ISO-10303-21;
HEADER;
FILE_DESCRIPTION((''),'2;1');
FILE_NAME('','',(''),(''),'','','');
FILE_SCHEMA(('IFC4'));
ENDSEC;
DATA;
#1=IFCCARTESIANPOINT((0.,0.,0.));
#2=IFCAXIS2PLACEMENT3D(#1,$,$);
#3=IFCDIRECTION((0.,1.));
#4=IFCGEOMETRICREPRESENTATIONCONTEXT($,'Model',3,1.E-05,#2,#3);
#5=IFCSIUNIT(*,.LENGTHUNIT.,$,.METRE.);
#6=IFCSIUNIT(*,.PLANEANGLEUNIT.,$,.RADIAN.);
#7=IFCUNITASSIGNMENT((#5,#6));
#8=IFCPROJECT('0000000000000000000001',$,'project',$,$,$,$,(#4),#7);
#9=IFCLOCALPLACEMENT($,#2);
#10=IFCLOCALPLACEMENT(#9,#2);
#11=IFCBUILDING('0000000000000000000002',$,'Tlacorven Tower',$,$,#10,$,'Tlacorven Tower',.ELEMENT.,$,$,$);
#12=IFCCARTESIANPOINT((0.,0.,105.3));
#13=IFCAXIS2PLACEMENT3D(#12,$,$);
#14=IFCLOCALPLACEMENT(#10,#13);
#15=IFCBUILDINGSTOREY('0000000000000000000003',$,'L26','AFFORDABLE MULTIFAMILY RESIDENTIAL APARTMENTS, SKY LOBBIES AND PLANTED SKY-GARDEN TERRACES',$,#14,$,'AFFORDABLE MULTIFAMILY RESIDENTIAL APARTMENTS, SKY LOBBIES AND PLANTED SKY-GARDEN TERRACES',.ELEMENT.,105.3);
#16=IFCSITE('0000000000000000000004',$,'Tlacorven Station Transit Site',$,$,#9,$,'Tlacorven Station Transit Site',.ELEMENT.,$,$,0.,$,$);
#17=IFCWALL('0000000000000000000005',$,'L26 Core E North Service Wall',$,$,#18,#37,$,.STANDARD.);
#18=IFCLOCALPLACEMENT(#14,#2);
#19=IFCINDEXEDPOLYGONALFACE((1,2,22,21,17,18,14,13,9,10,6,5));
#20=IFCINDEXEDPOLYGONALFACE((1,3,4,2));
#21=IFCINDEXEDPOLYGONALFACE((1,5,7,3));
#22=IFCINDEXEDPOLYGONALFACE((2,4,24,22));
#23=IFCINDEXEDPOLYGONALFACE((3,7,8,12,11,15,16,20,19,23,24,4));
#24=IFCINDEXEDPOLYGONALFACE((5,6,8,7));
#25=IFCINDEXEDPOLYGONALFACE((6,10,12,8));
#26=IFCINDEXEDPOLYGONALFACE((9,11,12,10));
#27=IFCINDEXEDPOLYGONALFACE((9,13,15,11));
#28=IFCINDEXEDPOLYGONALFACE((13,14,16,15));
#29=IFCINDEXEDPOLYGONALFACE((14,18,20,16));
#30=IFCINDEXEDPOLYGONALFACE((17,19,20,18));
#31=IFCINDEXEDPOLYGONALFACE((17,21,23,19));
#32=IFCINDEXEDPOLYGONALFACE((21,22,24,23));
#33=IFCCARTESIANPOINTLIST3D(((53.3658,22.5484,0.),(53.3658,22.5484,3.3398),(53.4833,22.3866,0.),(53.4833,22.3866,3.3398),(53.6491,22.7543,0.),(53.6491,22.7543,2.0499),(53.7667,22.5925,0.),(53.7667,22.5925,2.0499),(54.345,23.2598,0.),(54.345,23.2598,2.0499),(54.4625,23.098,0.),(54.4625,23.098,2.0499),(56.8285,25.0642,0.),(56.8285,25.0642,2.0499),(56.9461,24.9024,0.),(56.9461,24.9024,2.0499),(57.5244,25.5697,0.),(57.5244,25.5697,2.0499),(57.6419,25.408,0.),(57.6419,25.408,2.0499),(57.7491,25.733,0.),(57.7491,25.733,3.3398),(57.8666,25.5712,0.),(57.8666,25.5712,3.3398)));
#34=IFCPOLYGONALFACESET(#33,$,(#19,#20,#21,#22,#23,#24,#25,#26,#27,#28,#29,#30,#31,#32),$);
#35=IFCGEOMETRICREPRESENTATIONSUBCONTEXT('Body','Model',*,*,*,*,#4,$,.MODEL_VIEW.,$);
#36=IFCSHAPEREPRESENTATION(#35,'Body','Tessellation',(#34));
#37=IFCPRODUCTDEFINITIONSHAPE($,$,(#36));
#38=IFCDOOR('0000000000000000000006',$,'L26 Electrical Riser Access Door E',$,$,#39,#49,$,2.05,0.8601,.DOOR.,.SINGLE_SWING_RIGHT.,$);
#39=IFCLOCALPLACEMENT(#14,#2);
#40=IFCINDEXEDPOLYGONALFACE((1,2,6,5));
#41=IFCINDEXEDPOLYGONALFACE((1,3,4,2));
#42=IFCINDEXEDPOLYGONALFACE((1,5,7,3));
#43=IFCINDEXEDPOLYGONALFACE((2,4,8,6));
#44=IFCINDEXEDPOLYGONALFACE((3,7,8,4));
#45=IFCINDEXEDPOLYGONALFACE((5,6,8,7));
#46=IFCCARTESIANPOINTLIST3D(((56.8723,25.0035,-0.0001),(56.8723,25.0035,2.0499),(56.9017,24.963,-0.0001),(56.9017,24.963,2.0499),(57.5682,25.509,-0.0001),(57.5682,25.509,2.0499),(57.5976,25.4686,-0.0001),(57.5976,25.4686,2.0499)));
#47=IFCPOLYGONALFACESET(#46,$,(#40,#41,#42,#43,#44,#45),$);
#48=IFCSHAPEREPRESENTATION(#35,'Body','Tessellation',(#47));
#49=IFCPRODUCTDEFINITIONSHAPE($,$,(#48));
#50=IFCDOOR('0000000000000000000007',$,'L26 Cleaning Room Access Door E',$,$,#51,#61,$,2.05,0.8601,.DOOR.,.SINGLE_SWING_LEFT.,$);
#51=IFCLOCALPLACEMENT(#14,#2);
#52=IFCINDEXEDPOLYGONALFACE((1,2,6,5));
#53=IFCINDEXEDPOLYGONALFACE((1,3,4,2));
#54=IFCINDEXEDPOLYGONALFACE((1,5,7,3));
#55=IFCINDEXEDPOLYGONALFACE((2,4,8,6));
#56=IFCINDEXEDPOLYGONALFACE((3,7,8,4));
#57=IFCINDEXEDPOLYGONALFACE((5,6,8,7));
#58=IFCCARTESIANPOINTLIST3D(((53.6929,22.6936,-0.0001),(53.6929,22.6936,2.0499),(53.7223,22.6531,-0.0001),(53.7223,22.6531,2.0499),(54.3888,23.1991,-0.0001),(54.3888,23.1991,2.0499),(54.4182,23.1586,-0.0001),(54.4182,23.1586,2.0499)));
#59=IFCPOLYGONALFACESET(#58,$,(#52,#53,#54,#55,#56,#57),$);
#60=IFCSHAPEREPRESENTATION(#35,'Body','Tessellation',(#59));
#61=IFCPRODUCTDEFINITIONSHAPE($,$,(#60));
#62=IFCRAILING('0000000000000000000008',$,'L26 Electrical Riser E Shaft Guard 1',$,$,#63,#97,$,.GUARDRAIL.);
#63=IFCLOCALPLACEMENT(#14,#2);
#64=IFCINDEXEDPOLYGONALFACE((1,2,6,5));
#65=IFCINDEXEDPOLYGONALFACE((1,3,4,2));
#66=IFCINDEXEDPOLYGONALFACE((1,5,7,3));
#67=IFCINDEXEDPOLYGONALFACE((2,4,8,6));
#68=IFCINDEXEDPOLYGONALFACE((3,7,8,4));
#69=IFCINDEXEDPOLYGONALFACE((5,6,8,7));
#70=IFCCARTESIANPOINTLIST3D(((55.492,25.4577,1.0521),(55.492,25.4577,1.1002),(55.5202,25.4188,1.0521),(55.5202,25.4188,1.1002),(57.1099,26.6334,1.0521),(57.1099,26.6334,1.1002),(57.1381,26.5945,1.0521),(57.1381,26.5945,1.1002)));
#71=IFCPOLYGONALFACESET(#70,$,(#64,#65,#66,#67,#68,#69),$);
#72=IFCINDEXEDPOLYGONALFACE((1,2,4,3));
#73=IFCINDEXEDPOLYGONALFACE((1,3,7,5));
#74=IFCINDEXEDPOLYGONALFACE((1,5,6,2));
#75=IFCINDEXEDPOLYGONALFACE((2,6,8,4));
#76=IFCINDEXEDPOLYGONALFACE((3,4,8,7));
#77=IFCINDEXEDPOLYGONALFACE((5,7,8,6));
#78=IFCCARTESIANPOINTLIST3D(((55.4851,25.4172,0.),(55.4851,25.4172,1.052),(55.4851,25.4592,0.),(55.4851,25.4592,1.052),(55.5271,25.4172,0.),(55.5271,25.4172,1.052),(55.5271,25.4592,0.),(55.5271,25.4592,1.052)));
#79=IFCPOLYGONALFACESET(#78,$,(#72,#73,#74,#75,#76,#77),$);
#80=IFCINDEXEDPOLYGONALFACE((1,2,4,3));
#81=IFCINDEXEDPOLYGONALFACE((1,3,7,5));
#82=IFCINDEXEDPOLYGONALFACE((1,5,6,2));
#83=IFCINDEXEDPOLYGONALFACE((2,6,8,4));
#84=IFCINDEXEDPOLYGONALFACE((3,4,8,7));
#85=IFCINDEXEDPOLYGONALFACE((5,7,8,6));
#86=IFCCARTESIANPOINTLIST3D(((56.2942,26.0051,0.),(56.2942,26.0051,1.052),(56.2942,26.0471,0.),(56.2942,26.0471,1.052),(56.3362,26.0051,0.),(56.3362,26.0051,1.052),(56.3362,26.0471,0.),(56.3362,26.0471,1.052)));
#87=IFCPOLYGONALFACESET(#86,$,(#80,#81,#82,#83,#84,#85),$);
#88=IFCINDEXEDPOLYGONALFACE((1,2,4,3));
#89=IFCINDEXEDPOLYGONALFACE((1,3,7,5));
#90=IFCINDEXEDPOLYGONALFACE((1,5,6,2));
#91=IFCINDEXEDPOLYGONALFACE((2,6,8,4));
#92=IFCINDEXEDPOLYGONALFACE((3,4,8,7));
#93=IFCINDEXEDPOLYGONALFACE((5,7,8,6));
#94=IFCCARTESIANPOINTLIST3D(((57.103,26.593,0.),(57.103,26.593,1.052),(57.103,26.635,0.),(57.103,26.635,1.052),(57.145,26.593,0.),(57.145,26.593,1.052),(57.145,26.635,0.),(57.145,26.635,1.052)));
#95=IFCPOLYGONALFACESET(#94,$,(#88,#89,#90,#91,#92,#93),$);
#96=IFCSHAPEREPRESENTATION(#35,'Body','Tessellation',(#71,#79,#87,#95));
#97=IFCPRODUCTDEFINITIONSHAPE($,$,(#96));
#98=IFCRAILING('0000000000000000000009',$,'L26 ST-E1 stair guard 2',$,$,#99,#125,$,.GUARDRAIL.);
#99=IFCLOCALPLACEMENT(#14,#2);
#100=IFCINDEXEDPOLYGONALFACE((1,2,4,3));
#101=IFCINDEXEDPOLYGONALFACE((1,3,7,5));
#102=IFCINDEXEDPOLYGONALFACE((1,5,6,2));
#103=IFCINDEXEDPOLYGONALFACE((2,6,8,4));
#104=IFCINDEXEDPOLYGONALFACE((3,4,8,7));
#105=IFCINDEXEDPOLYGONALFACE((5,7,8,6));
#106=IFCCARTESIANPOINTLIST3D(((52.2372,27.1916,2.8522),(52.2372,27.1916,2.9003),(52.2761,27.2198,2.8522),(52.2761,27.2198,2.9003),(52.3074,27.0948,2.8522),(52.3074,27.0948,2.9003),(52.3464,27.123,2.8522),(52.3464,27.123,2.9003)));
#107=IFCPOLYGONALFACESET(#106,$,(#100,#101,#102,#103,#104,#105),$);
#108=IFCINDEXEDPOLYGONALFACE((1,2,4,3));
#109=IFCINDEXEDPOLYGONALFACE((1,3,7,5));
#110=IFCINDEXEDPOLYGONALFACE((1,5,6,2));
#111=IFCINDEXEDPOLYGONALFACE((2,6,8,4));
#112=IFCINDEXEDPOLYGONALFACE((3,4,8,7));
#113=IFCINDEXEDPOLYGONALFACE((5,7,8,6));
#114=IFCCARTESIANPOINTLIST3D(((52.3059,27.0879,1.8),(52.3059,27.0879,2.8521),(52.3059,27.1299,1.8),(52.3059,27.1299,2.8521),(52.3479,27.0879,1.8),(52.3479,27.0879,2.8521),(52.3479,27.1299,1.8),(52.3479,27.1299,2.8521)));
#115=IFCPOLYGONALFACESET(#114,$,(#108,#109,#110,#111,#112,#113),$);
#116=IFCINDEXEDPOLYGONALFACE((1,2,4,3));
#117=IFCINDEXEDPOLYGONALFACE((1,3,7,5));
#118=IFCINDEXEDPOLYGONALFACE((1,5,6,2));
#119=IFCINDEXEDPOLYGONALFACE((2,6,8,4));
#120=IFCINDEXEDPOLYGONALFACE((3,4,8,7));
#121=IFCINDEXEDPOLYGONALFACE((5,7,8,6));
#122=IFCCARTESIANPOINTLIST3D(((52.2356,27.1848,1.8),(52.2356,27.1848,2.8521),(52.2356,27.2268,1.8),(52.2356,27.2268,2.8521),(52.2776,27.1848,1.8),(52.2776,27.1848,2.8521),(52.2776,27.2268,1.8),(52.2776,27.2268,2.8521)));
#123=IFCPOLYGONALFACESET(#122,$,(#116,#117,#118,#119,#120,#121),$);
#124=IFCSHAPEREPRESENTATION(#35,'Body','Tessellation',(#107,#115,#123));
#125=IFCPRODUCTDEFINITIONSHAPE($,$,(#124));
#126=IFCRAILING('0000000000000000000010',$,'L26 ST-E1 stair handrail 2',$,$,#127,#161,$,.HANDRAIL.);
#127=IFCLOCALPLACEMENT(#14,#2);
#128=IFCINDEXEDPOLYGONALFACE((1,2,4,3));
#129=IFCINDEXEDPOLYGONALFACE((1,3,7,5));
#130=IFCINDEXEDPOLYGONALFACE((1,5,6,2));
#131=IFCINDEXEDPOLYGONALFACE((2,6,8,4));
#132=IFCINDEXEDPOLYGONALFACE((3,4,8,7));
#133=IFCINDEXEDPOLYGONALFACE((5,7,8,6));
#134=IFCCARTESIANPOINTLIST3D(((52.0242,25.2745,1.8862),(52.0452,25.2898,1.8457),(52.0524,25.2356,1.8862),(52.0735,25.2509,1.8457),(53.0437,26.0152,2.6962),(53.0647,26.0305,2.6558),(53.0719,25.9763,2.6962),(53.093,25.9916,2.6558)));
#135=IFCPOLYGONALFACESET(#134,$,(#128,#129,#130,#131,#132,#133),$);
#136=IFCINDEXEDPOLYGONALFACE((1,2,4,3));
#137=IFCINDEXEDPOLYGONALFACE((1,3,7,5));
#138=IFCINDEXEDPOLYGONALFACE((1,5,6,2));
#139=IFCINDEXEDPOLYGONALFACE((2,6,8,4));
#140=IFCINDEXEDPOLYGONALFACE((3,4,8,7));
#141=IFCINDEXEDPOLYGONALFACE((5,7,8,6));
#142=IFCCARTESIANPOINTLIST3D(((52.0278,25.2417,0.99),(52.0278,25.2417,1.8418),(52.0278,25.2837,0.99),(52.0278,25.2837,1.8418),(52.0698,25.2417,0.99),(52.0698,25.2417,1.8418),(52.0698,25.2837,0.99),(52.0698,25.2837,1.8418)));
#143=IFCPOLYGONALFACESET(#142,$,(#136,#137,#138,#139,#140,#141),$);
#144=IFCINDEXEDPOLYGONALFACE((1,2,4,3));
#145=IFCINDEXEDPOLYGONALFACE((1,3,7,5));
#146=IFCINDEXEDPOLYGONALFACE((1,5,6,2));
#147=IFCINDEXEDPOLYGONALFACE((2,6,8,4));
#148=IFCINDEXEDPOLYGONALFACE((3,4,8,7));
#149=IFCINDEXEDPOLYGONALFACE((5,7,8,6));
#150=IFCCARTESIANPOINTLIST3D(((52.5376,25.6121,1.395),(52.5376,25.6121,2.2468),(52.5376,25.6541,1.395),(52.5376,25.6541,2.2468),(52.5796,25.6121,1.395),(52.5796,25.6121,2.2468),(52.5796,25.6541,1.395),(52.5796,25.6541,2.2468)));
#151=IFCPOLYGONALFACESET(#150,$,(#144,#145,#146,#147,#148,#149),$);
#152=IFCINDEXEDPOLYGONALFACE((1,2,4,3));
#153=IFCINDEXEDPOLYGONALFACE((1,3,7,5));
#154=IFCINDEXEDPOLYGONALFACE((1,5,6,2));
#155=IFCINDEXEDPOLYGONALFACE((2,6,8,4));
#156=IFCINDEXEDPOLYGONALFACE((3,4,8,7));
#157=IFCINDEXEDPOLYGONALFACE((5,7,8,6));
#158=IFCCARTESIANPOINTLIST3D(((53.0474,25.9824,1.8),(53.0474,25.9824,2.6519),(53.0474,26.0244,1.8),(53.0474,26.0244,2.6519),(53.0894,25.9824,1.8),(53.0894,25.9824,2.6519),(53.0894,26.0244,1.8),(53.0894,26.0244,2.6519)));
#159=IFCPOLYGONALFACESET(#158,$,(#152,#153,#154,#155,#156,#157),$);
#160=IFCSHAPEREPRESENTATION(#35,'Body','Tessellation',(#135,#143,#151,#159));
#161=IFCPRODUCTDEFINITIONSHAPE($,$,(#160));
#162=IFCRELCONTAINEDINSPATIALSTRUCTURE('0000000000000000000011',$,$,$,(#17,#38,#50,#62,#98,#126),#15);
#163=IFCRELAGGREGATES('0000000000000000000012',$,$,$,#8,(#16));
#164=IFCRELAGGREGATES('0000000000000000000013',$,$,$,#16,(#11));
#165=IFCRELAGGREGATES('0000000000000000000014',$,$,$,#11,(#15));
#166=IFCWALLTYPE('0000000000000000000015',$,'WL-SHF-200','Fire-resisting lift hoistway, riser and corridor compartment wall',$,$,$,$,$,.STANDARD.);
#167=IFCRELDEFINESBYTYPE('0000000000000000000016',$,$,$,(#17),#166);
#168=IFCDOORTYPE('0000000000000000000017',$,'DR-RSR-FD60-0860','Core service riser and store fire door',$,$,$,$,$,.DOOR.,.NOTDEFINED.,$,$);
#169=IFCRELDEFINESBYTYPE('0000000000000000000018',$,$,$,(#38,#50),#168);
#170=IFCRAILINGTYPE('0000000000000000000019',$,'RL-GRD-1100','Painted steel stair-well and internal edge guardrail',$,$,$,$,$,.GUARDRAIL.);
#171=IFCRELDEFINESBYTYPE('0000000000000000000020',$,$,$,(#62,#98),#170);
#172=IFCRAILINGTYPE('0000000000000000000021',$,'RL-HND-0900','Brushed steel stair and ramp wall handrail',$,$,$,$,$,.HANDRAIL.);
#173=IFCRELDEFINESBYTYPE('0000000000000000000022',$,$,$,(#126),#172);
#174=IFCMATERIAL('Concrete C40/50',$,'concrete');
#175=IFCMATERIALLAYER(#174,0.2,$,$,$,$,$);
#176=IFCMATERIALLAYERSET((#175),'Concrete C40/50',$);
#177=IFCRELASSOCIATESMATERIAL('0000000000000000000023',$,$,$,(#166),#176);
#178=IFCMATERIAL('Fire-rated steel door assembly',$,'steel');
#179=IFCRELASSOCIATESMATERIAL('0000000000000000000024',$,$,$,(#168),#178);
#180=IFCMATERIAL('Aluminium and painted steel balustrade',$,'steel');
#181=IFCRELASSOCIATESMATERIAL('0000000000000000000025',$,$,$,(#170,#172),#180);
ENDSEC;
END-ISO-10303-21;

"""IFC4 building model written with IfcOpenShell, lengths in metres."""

from ifc_helpers import new_model, si_unit, direction, frame, frame_2d, origin, origin_2d, place, context, subcontext, project, spatial, rectangle, extrude, source, transform, mapped, material, layer, layer_set, type_object, element, fill, save


model = new_model("IFC4")

# Units and contexts
model_context = context("Model", 3, precision=1e-05, world=origin(), true_north=direction((0.0, 1.0)))
body_context = subcontext(model_context, "Body", "Model", "MODEL_VIEW")
ifc_project = project(units=[si_unit("LENGTHUNIT", "METRE"), si_unit("PLANEANGLEUNIT", "RADIAN")], contexts=[model_context])

# Site, building, storey
site_placement = place(None, origin())
site = spatial("IfcSite", under=ifc_project, at=site_placement, Name="Tlacorven Station Transit Site", LongName="Tlacorven Station Transit Site", CompositionType="ELEMENT", RefElevation=0.0)
building_placement = place(site_placement, origin())
building = spatial("IfcBuilding", under=site, at=building_placement, Name="Tlacorven Tower", LongName="Tlacorven Tower", CompositionType="ELEMENT")
storey_placement = place(building_placement, frame((0.0, 0.0, 105.3)))
storey = spatial("IfcBuildingStorey", under=building, at=storey_placement, Name="L26", Description="AFFORDABLE MULTIFAMILY RESIDENTIAL APARTMENTS, SKY LOBBIES AND PLANTED SKY-GARDEN TERRACES", LongName="AFFORDABLE MULTIFAMILY RESIDENTIAL APARTMENTS, SKY LOBBIES AND PLANTED SKY-GARDEN TERRACES", CompositionType="ELEMENT", Elevation=105.3)

# Shared definitions
ifc_material_1 = material(Name="Concrete C40/50", Category="concrete")
ifc_layer_1 = layer(ifc_material_1, 0.2)
ifc_layer_set_1 = layer_set([ifc_layer_1], Name="Concrete C40/50")
wall_type_1 = type_object("IfcWallType", Name="WL-SHF-200", Description="Fire-resisting lift hoistway, riser and corridor compartment wall", PredefinedType="STANDARD", material=ifc_layer_set_1)

# Wall, openings, doors
wall_1_placement = place(storey_placement, frame((53.4246, 22.4675, 0.0), z_axis=(0.0, 0.0, 1.0), x_axis=(0.809024, 0.587775, 0.0)))
wall_1 = element("IfcWall", 1, at=wall_1_placement, inside=storey, type_object=wall_type_1, Name="L26 Core E North Service Wall", PredefinedType="STANDARD", context=body_context, shape_type="SweptSolid", body=[
    extrude(rectangle(XDim=5.418, YDim=0.2, at=frame_2d((2.709, 0.0))), origin(), (0.0, 0.0, 1.0), 3.3398),
])
opening_1_placement = place(wall_1_placement, frame((4.28, 0.0, 0.0)))
opening_1 = element("IfcOpeningElement", 2, at=opening_1_placement, cuts=wall_1, PredefinedType="OPENING", context=body_context, shape_type="SweptSolid", body=[
    extrude(rectangle(XDim=0.8601, YDim=2.05, at=frame_2d((0.4302, 1.0249))), frame((0.0, 0.1099, 0.0), z_axis=(0.0, -1.0, 0.0), x_axis=(1.0, 0.0, 0.0)), (0.0, 0.0, 1.0), 0.22),
])
opening_2_placement = place(wall_1_placement, frame((0.3501, 0.0, 0.0)))
opening_2 = element("IfcOpeningElement", 3, at=opening_2_placement, cuts=wall_1, PredefinedType="OPENING", context=body_context, shape_type="SweptSolid", body=[
    extrude(rectangle(XDim=0.8601, YDim=2.05, at=frame_2d((0.4302, 1.0249))), frame((0.0, 0.1099, 0.0), z_axis=(0.0, -1.0, 0.0), x_axis=(1.0, 0.0, 0.0)), (0.0, 0.0, 1.0), 0.22),
])
ifc_material_2 = material(Name="Fire-rated steel door assembly", Category="steel")
door_type_1 = type_object("IfcDoorType", Name="DR-RSR-FD60-0860", Description="Core service riser and store fire door", OperationType="NOTDEFINED", PredefinedType="DOOR", material=ifc_material_2)
shared_shape_1 = source(origin(), body_context, "Body", "SweptSolid", [
    extrude(rectangle(XDim=0.8601, YDim=2.05, at=frame_2d((0.4302, 1.0249))), frame((0.0, 0.0249, 0.0), z_axis=(0.0, -1.0, 0.0), x_axis=(1.0, 0.0, 0.0)), (0.0, 0.0, 1.0), 0.05),
])
door_1_placement = place(opening_1_placement, frame((0.8601, 0.0, 0.0), z_axis=(0.0, 0.0, 1.0), x_axis=(-1.0, 0.0, 0.0)))
door_1 = element("IfcDoor", 4, at=door_1_placement, inside=storey, type_object=door_type_1, Name="L26 Electrical Riser Access Door E", OperationType="SINGLE_SWING_RIGHT", OverallHeight=2.05, OverallWidth=0.8601, PredefinedType="DOOR", context=body_context, shape_type="MappedRepresentation", body=[
    mapped(shared_shape_1, transform((0.0, 0.0, 0.0), scale=1.0)),
])
fill(opening_1, door_1)
door_2_placement = place(opening_2_placement, frame((0.8601, 0.0, 0.0), z_axis=(0.0, 0.0, 1.0), x_axis=(-1.0, 0.0, 0.0)))
door_2 = element("IfcDoor", 5, at=door_2_placement, inside=storey, type_object=door_type_1, Name="L26 Cleaning Room Access Door E", OperationType="SINGLE_SWING_LEFT", OverallHeight=2.05, OverallWidth=0.8601, PredefinedType="DOOR", context=body_context, shape_type="MappedRepresentation", body=[
    mapped(shared_shape_1, transform((0.0, 0.0, 0.0), scale=1.0)),
])
fill(opening_2, door_2)

# Railings
ifc_material_3 = material(Name="Aluminium and painted steel balustrade", Category="steel")
railing_type_1 = type_object("IfcRailingType", Name="RL-GRD-1100", Description="Painted steel stair-well and internal edge guardrail", PredefinedType="GUARDRAIL", material=ifc_material_3)
shared_shape_2 = source(origin(), body_context, "Body", "SweptSolid", [
    extrude(rectangle(XDim=0.0481, YDim=0.0481, at=origin_2d()), frame((0.0, 0.0, 1.0762), z_axis=(0.808947, 0.587881, 0.0), x_axis=(-0.587881, 0.808947, 0.0)), (0.0, 0.0, 1.0), 2.0),
    extrude(rectangle(XDim=0.042, YDim=0.042, at=origin_2d()), origin(), (0.0, 0.0, 1.0), 1.052),
    extrude(rectangle(XDim=0.042, YDim=0.042, at=origin_2d()), frame((0.8091, 0.5879, 0.0)), (0.0, 0.0, 1.0), 1.052),
    extrude(rectangle(XDim=0.042, YDim=0.042, at=origin_2d()), frame((1.6179, 1.1758, 0.0)), (0.0, 0.0, 1.0), 1.052),
])
railing_1_placement = place(storey_placement, frame((55.5061, 25.4382, 0.0)))
element("IfcRailing", 6, at=railing_1_placement, inside=storey, type_object=railing_type_1, Name="L26 Electrical Riser E Shaft Guard 1", PredefinedType="GUARDRAIL", context=body_context, shape_type="MappedRepresentation", body=[
    mapped(shared_shape_2, transform((0.0, 0.0, 0.0), scale=1.0)),
])
shared_shape_3 = source(origin(), body_context, "Body", "SweptSolid", [
    extrude(rectangle(XDim=0.0481, YDim=0.0481, at=origin_2d()), frame((0.0, 0.0, 1.0762), z_axis=(-0.587201, 0.809441, 0.0), x_axis=(-0.809441, -0.587201, 0.0)), (0.0, 0.0, 1.0), 0.1196),
    extrude(rectangle(XDim=0.042, YDim=0.042, at=origin_2d()), origin(), (0.0, 0.0, 1.0), 1.052),
    extrude(rectangle(XDim=0.042, YDim=0.042, at=origin_2d()), frame((-0.0703, 0.0969, 0.0)), (0.0, 0.0, 1.0), 1.052),
])
railing_2_placement = place(storey_placement, frame((52.3269, 27.1089, 1.8)))
element("IfcRailing", 7, at=railing_2_placement, inside=storey, type_object=railing_type_1, Name="L26 ST-E1 stair guard 2", PredefinedType="GUARDRAIL", context=body_context, shape_type="MappedRepresentation", body=[
    mapped(shared_shape_3, transform((0.0, 0.0, 0.0), scale=1.0)),
])
railing_type_2 = type_object("IfcRailingType", Name="RL-HND-0900", Description="Brushed steel stair and ramp wall handrail", PredefinedType="HANDRAIL", material=ifc_material_3)
shared_shape_4 = source(origin(), body_context, "Body", "SweptSolid", [
    extrude(rectangle(XDim=0.0481, YDim=0.0481, at=origin_2d()), frame((0.0, 0.0, 0.876), z_axis=(0.680549, 0.494441, 0.540723), x_axis=(-0.58778, 0.809021, 0.0)), (0.0, 0.0, 1.0), 1.498),
    extrude(rectangle(XDim=0.042, YDim=0.042, at=origin_2d()), origin(), (0.0, 0.0, 1.0), 0.8518),
    extrude(rectangle(XDim=0.042, YDim=0.042, at=origin_2d()), frame((0.5098, 0.3704, 0.405)), (0.0, 0.0, 1.0), 0.8518),
    extrude(rectangle(XDim=0.042, YDim=0.042, at=origin_2d()), frame((1.0195, 0.7407, 0.8101)), (0.0, 0.0, 1.0), 0.8518),
])
railing_3_placement = place(storey_placement, frame((52.0488, 25.2627, 0.99)))
element("IfcRailing", 8, at=railing_3_placement, inside=storey, type_object=railing_type_2, Name="L26 ST-E1 stair handrail 2", PredefinedType="HANDRAIL", context=body_context, shape_type="MappedRepresentation", body=[
    mapped(shared_shape_4, transform((0.0, 0.0, 0.0), scale=1.0)),
])

save(model, "model.ifc")
